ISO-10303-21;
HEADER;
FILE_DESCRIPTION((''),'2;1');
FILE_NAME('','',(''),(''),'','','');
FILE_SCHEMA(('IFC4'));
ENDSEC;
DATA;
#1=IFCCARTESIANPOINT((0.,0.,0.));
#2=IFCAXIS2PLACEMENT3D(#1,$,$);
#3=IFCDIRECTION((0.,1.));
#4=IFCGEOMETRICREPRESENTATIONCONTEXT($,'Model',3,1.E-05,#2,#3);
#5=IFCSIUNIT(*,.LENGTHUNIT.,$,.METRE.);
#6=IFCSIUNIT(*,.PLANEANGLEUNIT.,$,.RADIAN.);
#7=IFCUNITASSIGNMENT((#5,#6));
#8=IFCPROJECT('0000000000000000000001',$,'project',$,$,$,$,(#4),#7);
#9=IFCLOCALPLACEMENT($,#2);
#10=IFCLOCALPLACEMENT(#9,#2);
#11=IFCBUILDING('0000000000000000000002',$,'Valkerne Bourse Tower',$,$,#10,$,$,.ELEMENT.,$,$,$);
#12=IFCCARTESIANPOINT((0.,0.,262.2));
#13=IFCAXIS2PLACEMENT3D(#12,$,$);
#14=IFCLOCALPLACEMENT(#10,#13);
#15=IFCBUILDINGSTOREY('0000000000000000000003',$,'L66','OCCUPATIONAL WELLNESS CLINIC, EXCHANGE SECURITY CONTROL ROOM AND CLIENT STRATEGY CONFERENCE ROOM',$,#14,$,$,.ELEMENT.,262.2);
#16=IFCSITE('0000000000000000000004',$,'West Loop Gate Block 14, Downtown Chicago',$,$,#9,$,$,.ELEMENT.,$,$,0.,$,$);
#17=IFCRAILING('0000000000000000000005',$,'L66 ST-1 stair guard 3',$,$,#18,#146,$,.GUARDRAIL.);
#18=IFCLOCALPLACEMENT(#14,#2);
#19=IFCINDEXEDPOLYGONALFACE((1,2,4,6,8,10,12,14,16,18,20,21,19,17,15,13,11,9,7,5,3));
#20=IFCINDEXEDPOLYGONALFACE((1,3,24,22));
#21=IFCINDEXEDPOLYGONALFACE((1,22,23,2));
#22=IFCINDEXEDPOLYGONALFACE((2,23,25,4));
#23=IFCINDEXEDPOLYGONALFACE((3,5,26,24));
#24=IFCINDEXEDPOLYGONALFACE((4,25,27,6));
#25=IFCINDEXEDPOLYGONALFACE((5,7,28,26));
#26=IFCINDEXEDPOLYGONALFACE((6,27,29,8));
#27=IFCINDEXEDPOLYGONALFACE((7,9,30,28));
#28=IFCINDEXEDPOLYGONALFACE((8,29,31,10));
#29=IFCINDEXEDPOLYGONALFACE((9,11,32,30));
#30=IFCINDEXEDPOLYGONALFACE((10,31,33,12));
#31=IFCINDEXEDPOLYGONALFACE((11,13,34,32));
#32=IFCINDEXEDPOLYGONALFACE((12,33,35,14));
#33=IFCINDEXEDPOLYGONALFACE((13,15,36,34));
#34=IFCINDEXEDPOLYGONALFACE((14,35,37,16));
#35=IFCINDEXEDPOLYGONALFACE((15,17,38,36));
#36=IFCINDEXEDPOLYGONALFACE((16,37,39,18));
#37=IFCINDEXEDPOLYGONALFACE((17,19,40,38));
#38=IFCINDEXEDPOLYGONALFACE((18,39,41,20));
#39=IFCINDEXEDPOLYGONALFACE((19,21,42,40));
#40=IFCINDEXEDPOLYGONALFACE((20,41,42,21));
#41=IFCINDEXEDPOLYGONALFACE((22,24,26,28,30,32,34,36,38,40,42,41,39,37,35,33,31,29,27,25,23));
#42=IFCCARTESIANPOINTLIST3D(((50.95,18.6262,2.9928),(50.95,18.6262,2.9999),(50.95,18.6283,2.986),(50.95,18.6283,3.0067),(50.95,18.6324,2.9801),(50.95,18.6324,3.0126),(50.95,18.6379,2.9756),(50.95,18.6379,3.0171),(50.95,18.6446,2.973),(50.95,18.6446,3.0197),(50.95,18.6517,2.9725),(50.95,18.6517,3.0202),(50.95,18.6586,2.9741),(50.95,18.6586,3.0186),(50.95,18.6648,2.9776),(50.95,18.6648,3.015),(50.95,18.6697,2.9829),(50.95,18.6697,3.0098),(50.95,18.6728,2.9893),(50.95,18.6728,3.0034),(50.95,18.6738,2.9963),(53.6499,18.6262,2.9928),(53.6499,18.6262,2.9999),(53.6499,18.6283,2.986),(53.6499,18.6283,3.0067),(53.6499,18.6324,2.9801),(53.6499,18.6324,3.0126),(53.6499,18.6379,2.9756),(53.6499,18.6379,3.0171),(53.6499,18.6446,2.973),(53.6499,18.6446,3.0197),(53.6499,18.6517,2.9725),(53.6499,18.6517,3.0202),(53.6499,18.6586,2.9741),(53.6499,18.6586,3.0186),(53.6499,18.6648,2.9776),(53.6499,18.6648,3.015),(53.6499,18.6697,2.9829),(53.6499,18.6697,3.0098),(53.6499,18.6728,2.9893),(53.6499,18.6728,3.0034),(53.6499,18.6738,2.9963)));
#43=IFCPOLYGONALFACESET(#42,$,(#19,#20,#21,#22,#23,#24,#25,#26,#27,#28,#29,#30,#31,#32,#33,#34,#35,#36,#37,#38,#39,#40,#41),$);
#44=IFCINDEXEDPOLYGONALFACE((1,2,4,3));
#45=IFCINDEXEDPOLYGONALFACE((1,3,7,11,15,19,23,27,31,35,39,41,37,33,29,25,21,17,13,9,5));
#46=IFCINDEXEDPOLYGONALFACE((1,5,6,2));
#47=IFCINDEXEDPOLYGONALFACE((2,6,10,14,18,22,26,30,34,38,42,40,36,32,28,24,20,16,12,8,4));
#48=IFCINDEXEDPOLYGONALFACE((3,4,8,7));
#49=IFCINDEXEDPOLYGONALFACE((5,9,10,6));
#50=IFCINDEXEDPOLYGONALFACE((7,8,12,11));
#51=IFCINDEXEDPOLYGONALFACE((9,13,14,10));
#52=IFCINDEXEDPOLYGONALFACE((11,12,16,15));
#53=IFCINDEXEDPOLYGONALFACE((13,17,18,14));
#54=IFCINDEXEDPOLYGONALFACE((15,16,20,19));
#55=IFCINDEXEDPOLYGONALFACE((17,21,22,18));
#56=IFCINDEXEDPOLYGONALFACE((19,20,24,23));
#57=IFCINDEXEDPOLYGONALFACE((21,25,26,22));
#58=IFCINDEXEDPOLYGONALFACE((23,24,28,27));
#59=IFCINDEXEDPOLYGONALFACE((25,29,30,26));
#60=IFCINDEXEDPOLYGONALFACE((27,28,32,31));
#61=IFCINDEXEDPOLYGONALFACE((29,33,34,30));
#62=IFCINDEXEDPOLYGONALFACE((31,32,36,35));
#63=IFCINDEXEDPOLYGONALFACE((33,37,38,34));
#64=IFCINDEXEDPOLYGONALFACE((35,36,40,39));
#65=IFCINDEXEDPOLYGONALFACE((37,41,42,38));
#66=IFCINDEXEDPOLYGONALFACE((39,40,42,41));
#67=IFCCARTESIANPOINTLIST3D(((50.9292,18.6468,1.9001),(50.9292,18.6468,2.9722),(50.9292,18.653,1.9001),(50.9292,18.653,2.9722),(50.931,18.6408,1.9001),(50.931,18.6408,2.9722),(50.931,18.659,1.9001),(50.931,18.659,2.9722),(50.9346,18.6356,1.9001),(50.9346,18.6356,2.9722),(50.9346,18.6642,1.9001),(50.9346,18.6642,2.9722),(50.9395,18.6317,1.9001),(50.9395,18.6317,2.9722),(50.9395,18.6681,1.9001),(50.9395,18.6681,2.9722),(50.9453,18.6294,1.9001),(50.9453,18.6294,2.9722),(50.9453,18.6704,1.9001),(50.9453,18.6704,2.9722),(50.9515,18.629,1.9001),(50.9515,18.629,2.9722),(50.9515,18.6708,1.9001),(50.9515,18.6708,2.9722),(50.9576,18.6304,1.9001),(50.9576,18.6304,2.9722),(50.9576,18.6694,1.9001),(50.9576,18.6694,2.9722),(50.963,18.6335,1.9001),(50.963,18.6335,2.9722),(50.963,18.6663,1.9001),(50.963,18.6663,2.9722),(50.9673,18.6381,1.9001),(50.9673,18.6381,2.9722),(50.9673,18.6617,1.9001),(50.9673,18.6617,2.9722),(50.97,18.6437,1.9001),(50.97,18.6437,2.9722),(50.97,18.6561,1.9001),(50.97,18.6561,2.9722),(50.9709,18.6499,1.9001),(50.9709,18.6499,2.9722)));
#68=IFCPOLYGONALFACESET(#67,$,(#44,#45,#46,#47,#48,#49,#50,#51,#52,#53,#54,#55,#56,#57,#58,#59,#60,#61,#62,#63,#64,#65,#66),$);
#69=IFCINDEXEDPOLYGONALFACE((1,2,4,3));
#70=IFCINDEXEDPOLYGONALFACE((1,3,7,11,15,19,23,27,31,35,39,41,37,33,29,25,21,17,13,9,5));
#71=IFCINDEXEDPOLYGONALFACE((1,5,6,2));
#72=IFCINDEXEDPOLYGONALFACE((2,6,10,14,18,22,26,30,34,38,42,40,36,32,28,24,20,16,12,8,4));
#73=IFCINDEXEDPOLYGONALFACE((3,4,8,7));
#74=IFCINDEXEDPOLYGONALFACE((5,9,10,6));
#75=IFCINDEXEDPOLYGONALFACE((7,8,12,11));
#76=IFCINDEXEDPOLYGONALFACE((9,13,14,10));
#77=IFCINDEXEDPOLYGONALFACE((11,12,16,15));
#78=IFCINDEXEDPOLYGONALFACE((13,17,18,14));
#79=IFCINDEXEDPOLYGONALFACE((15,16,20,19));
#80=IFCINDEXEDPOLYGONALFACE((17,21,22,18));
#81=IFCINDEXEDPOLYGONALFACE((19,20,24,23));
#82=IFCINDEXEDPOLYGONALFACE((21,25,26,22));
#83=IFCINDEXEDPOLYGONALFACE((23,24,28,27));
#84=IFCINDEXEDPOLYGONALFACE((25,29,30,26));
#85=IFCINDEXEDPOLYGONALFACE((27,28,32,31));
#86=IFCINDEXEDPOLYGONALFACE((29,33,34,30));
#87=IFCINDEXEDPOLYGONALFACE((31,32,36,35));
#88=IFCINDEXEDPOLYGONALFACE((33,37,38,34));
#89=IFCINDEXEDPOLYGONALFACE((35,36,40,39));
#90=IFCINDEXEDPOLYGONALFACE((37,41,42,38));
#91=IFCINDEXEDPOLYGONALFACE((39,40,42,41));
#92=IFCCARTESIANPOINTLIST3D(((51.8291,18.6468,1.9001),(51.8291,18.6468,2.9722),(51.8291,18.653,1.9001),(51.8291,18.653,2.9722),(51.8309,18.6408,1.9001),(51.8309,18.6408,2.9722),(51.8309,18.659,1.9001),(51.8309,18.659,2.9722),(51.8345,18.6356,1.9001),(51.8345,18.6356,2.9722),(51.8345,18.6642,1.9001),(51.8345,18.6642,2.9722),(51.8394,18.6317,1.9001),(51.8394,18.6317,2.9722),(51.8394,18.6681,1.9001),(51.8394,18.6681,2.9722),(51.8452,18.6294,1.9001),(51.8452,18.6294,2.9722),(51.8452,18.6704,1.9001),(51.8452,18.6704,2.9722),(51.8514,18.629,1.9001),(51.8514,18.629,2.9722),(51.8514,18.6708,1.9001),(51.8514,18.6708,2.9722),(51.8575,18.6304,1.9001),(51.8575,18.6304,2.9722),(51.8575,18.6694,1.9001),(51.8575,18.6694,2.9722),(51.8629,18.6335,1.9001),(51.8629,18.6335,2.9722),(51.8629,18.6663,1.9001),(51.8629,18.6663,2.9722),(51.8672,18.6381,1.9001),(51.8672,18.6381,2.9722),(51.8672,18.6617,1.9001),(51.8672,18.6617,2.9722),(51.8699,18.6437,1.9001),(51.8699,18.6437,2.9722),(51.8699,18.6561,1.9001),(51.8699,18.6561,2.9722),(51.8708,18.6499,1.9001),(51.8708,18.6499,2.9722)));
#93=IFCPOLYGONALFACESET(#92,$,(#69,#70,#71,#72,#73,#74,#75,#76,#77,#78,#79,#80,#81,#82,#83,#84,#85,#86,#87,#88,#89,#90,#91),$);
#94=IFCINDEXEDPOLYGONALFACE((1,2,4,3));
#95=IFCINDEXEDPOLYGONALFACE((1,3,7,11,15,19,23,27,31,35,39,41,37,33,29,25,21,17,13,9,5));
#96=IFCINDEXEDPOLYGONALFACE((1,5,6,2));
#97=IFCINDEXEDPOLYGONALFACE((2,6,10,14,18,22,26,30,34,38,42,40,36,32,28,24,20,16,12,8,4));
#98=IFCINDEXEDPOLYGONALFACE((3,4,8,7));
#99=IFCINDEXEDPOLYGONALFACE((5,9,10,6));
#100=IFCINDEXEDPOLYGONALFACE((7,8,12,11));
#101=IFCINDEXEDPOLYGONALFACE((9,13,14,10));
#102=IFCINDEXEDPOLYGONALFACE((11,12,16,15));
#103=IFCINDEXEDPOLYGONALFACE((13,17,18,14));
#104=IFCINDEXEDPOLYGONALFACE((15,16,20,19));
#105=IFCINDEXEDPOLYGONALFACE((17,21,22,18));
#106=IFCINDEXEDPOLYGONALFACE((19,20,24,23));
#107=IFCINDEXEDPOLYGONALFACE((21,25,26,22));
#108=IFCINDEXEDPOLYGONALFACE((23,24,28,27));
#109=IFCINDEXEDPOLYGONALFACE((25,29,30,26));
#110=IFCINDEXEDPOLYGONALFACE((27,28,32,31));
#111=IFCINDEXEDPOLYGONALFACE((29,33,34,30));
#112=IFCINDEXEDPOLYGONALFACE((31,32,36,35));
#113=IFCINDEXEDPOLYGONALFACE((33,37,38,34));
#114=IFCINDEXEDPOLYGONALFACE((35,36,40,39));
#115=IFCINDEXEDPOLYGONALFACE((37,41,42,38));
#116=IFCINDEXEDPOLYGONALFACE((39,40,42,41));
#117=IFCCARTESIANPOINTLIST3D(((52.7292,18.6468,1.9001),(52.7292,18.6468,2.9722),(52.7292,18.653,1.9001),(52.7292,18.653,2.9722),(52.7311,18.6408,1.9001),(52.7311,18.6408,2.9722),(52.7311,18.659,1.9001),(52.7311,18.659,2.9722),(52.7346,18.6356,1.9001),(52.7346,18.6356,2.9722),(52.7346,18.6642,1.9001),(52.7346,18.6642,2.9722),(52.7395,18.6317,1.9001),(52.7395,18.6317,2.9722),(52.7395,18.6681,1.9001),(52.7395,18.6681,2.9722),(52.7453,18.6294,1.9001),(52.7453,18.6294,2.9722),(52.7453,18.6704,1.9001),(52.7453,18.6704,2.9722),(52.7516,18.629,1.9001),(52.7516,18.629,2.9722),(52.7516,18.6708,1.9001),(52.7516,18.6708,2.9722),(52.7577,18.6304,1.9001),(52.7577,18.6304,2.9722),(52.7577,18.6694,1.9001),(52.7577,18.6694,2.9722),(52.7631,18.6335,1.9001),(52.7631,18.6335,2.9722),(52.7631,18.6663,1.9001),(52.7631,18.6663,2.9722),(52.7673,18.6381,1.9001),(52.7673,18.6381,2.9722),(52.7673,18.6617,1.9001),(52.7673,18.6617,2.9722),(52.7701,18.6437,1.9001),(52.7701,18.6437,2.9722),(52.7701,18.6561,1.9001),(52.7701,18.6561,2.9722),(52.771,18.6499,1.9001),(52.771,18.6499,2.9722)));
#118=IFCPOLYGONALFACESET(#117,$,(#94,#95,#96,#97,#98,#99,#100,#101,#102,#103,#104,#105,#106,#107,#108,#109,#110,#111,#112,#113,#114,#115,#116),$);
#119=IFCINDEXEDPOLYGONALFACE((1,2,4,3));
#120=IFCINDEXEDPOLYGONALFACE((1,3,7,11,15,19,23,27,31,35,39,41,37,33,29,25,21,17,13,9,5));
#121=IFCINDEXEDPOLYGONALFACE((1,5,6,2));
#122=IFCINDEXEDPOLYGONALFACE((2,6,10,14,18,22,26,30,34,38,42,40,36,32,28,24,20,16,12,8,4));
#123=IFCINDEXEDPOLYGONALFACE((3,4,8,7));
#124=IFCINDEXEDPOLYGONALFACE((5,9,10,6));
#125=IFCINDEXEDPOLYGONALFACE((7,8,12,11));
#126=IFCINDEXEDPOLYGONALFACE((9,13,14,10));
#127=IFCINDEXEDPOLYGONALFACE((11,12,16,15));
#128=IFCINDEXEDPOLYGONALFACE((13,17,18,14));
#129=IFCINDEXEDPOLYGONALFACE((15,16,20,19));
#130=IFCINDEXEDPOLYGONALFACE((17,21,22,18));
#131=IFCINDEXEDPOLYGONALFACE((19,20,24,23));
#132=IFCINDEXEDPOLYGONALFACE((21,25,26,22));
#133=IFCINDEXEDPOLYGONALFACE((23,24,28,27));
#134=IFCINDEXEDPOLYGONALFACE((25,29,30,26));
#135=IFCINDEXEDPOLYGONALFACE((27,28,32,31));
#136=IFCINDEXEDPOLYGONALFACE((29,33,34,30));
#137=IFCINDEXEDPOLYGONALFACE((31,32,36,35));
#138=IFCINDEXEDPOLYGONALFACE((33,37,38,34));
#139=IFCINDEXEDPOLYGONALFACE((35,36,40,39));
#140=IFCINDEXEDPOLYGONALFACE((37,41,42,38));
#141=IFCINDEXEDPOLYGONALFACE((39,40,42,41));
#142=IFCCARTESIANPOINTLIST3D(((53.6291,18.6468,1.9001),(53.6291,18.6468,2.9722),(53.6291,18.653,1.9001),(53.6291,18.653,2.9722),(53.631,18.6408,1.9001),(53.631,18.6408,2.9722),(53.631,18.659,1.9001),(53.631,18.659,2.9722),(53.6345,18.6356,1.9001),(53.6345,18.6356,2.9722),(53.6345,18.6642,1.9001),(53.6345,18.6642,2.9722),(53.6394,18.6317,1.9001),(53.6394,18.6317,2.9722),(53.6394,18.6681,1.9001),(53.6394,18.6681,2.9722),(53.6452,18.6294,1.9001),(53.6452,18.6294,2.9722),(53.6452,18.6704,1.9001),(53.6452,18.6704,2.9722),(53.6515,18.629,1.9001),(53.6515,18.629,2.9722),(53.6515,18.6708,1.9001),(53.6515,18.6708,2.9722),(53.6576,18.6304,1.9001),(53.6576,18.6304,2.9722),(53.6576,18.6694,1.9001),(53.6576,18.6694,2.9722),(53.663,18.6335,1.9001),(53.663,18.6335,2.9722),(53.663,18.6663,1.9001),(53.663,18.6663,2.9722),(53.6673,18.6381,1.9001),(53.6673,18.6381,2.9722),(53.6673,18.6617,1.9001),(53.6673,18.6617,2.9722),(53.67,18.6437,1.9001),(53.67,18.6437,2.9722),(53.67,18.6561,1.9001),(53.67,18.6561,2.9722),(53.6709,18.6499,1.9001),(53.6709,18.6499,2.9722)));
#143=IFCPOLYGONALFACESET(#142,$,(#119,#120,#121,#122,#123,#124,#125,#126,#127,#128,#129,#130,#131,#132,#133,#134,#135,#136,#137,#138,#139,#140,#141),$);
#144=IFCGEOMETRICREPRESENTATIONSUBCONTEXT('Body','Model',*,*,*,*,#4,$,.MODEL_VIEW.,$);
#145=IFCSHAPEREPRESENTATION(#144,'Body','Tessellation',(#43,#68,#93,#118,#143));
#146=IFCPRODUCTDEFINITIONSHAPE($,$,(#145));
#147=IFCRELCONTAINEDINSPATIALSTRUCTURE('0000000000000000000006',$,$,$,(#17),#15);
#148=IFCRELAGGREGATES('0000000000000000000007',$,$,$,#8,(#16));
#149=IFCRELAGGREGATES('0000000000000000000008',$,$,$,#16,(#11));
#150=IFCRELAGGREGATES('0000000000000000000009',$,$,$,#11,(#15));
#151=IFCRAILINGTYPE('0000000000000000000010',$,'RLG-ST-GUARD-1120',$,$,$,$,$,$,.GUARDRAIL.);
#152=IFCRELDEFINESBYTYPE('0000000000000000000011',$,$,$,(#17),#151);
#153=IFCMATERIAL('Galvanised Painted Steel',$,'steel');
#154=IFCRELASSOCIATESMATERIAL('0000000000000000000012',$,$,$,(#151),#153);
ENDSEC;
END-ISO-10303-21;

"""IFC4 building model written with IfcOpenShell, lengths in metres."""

from ifc_helpers import new_model, si_unit, direction, frame, origin, origin_2d, place, context, subcontext, project, spatial, circle, extrude, material, type_object, element, save


model = new_model("IFC4")

# Units and contexts
model_context = context("Model", 3, precision=1e-05, world=origin(), true_north=direction((0.0, 1.0)))
body_context = subcontext(model_context, "Body", "Model", "MODEL_VIEW")
ifc_project = project(units=[si_unit("LENGTHUNIT", "METRE"), si_unit("PLANEANGLEUNIT", "RADIAN")], contexts=[model_context])

# Site, building, storey
site_placement = place(None, origin())
site = spatial("IfcSite", under=ifc_project, at=site_placement, Name="West Loop Gate Block 14, Downtown Chicago", CompositionType="ELEMENT", RefElevation=0.0)
building_placement = place(site_placement, origin())
building = spatial("IfcBuilding", under=site, at=building_placement, Name="Valkerne Bourse Tower", CompositionType="ELEMENT")
storey_placement = place(building_placement, frame((0.0, 0.0, 262.2)))
storey = spatial("IfcBuildingStorey", under=building, at=storey_placement, Name="L66", Description="OCCUPATIONAL WELLNESS CLINIC, EXCHANGE SECURITY CONTROL ROOM AND CLIENT STRATEGY CONFERENCE ROOM", CompositionType="ELEMENT", Elevation=262.2)

# Railing
ifc_material_1 = material(Name="Galvanised Painted Steel", Category="steel")
railing_type_1 = type_object("IfcRailingType", Name="RLG-ST-GUARD-1120", PredefinedType="GUARDRAIL", material=ifc_material_1)
railing_1_placement = place(storey_placement, frame((50.95, 18.6499, 1.9001)))
element("IfcRailing", 1, at=railing_1_placement, inside=storey, type_object=railing_type_1, Name="L66 ST-1 stair guard 3", PredefinedType="GUARDRAIL", context=body_context, shape_type="SweptSolid", body=[
    extrude(circle(Radius=0.0239, at=origin_2d()), frame((0.0, 0.0, 1.0962), z_axis=(1.0, 0.0, 0.0), x_axis=(0.0, 1.0, 0.0)), (0.0, 0.0, 1.0), 2.7),
    extrude(circle(Radius=0.021, at=origin_2d()), origin(), (0.0, 0.0, 1.0), 1.072),
    extrude(circle(Radius=0.021, at=origin_2d()), frame((0.8999, 0.0, 0.0)), (0.0, 0.0, 1.0), 1.072),
    extrude(circle(Radius=0.021, at=origin_2d()), frame((1.8, 0.0, 0.0)), (0.0, 0.0, 1.0), 1.072),
    extrude(circle(Radius=0.021, at=origin_2d()), frame((2.7, 0.0, 0.0)), (0.0, 0.0, 1.0), 1.072),
])

save(model, "model.ifc")
